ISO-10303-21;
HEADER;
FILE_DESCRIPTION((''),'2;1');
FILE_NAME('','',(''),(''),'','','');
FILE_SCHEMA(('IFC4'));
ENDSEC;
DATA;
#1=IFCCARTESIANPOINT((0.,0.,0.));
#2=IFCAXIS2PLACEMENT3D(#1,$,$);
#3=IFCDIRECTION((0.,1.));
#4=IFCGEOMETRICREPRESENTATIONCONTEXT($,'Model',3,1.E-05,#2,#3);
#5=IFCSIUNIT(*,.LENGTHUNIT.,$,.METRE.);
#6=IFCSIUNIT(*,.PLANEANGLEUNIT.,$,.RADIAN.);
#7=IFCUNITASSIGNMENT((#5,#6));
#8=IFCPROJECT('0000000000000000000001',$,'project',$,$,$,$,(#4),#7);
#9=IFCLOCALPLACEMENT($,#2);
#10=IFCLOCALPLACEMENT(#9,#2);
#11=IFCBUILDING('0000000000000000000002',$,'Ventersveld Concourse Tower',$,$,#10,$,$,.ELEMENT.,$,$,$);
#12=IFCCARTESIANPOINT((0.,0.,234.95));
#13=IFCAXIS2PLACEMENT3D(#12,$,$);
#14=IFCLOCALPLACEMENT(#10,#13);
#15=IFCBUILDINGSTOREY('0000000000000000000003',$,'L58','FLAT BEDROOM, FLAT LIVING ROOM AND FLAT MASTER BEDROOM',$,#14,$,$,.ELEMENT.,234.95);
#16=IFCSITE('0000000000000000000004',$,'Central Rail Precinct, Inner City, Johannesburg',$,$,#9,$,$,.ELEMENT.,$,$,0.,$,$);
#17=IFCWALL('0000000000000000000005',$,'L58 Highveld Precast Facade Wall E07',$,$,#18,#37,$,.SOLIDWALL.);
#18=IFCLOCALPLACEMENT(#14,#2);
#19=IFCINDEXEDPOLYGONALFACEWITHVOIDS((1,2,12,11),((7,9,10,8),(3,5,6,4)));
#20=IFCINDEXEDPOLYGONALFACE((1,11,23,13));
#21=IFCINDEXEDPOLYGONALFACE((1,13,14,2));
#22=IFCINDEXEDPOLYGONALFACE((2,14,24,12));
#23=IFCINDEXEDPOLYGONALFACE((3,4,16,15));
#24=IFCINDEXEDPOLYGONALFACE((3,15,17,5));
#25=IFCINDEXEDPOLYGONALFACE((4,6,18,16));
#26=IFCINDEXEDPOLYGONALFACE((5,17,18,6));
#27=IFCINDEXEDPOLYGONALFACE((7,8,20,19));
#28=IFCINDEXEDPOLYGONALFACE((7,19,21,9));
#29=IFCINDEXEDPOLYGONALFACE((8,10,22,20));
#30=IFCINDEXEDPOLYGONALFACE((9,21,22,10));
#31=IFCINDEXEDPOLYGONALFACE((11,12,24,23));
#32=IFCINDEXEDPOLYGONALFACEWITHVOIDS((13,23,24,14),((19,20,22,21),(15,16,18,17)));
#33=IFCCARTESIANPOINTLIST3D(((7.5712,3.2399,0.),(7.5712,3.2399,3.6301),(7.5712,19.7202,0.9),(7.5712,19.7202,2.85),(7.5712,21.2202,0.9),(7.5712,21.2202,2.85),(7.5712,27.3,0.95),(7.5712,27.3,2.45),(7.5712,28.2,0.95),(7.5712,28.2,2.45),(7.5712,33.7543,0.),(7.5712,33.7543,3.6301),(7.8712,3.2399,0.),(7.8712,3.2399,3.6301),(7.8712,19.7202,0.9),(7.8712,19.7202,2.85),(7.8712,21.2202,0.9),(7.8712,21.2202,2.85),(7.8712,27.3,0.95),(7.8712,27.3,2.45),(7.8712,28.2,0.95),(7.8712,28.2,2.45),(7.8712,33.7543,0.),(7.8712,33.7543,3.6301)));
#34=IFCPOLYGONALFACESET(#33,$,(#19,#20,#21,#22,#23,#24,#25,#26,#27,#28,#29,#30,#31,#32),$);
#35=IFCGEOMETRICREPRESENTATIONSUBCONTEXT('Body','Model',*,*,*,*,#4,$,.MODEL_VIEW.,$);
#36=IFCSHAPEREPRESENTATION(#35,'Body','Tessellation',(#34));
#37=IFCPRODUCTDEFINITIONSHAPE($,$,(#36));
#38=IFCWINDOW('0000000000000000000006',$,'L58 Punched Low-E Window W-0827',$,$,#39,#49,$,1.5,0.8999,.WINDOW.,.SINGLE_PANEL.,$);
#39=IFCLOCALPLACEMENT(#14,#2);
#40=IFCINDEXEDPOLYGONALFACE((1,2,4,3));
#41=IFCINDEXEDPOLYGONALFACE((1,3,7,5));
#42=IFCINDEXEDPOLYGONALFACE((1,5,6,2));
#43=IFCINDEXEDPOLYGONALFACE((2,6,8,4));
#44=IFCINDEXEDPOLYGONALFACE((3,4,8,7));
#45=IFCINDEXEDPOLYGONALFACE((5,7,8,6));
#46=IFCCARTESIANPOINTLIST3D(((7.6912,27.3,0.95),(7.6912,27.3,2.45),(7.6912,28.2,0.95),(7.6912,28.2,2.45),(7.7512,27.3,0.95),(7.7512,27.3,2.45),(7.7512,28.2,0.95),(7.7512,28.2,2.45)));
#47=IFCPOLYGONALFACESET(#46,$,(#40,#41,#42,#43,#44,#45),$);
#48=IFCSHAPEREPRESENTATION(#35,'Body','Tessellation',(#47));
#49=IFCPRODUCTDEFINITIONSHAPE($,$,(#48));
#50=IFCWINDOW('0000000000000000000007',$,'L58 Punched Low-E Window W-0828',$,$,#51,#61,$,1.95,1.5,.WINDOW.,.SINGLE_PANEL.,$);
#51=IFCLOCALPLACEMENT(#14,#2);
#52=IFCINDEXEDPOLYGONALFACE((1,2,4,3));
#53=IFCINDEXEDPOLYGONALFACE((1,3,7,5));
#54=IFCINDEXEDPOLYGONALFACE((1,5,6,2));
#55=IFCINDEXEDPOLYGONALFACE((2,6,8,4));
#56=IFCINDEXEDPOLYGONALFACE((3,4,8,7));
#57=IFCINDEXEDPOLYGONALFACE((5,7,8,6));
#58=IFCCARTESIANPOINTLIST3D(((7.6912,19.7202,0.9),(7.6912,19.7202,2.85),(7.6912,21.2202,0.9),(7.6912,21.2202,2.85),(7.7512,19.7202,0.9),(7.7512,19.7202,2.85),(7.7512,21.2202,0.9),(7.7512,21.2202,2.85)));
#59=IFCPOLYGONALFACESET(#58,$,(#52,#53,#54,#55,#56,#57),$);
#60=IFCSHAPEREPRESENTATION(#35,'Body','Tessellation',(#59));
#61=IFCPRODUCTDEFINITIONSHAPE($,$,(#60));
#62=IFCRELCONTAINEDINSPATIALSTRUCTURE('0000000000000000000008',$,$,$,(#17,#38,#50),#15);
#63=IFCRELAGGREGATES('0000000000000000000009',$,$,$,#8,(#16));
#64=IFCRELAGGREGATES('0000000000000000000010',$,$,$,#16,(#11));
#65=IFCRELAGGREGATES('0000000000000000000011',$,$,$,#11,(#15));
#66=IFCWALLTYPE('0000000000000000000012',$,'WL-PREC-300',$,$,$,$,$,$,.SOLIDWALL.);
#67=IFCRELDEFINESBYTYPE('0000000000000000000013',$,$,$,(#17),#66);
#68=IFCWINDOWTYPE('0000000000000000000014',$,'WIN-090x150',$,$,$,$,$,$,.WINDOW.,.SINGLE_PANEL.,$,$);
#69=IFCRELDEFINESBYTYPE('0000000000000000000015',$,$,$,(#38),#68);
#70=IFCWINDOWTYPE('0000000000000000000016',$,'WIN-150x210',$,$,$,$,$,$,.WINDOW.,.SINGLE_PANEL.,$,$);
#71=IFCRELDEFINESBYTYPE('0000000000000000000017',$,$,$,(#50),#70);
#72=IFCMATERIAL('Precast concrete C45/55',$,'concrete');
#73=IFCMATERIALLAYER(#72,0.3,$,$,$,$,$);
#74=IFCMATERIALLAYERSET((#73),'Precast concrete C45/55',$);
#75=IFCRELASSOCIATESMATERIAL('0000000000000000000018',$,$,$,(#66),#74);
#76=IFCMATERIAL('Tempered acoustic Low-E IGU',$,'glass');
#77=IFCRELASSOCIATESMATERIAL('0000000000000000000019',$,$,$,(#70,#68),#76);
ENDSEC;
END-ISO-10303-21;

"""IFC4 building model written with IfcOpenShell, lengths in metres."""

from ifc_helpers import new_model, si_unit, direction, frame, frame_2d, origin, place, context, subcontext, project, spatial, rectangle, extrude, material, layer, layer_set, type_object, element, fill, save


model = new_model("IFC4")

# Units and contexts
model_context = context("Model", 3, precision=1e-05, world=origin(), true_north=direction((0.0, 1.0)))
body_context = subcontext(model_context, "Body", "Model", "MODEL_VIEW")
ifc_project = project(units=[si_unit("LENGTHUNIT", "METRE"), si_unit("PLANEANGLEUNIT", "RADIAN")], contexts=[model_context])

# Site, building, storey
site_placement = place(None, origin())
site = spatial("IfcSite", under=ifc_project, at=site_placement, Name="Central Rail Precinct, Inner City, Johannesburg", CompositionType="ELEMENT", RefElevation=0.0)
building_placement = place(site_placement, origin())
building = spatial("IfcBuilding", under=site, at=building_placement, Name="Ventersveld Concourse Tower", CompositionType="ELEMENT")
storey_placement = place(building_placement, frame((0.0, 0.0, 234.95)))
storey = spatial("IfcBuildingStorey", under=building, at=storey_placement, Name="L58", Description="FLAT BEDROOM, FLAT LIVING ROOM AND FLAT MASTER BEDROOM", CompositionType="ELEMENT", Elevation=234.95)

# Shared definitions
ifc_material_1 = material(Name="Precast concrete C45/55", Category="concrete")
ifc_layer_1 = layer(ifc_material_1, 0.3)
ifc_layer_set_1 = layer_set([ifc_layer_1], Name="Precast concrete C45/55")
wall_type_1 = type_object("IfcWallType", Name="WL-PREC-300", PredefinedType="SOLIDWALL", material=ifc_layer_set_1)
ifc_material_2 = material(Name="Tempered acoustic Low-E IGU", Category="glass")
window_type_1 = type_object("IfcWindowType", Name="WIN-150x210", PartitioningType="SINGLE_PANEL", PredefinedType="WINDOW", material=ifc_material_2)

# Wall, openings, windows
wall_1_placement = place(storey_placement, frame((7.7212, 33.7544, 0.0), z_axis=(0.0, 0.0, 1.0), x_axis=(0.0, -1.0, 0.0)))
wall_1 = element("IfcWall", 1, at=wall_1_placement, inside=storey, type_object=wall_type_1, Name="L58 Highveld Precast Facade Wall E07", PredefinedType="SOLIDWALL", context=body_context, shape_type="SweptSolid", body=[
    extrude(rectangle(XDim=30.5144, YDim=0.3, at=frame_2d((15.2573, 0.0))), origin(), (0.0, 0.0, 1.0), 3.6301),
])
opening_1_placement = place(wall_1_placement, frame((5.5544, 0.0, 0.95)))
opening_1 = element("IfcOpeningElement", 2, at=opening_1_placement, cuts=wall_1, PredefinedType="OPENING", context=body_context, shape_type="SweptSolid", body=[
    extrude(rectangle(XDim=0.8999, YDim=1.5, at=frame_2d((0.45, 0.75))), frame((0.0, 0.1602, 0.0), z_axis=(0.0, -1.0, 0.0), x_axis=(1.0, 0.0, 0.0)), (0.0, 0.0, 1.0), 0.3201),
])
opening_2_placement = place(wall_1_placement, frame((12.5342, 0.0, 0.8999)))
opening_2 = element("IfcOpeningElement", 3, at=opening_2_placement, cuts=wall_1, PredefinedType="OPENING", context=body_context, shape_type="SweptSolid", body=[
    extrude(rectangle(XDim=1.5, YDim=1.95, at=frame_2d((0.75, 0.9751))), frame((0.0, 0.1602, 0.0), z_axis=(0.0, -1.0, 0.0), x_axis=(1.0, 0.0, 0.0)), (0.0, 0.0, 1.0), 0.3201),
])
window_type_2 = type_object("IfcWindowType", Name="WIN-090x150", PartitioningType="SINGLE_PANEL", PredefinedType="WINDOW", material=ifc_material_2)
window_1_placement = place(opening_1_placement, origin())
window_1 = element("IfcWindow", 4, at=window_1_placement, inside=storey, type_object=window_type_2, Name="L58 Punched Low-E Window W-0827", OverallHeight=1.5, OverallWidth=0.8999, PartitioningType="SINGLE_PANEL", PredefinedType="WINDOW", context=body_context, shape_type="SweptSolid", body=[
    extrude(rectangle(XDim=0.8999, YDim=1.5, at=frame_2d((0.45, 0.75))), frame((0.0, 0.03, 0.0), z_axis=(0.0, -1.0, 0.0), x_axis=(1.0, 0.0, 0.0)), (0.0, 0.0, 1.0), 0.0601),
])
fill(opening_1, window_1)
window_2_placement = place(opening_2_placement, origin())
window_2 = element("IfcWindow", 5, at=window_2_placement, inside=storey, type_object=window_type_1, Name="L58 Punched Low-E Window W-0828", OverallHeight=1.95, OverallWidth=1.5, PartitioningType="SINGLE_PANEL", PredefinedType="WINDOW", context=body_context, shape_type="SweptSolid", body=[
    extrude(rectangle(XDim=1.5, YDim=1.95, at=frame_2d((0.75, 0.9751))), frame((0.0, 0.03, 0.0), z_axis=(0.0, -1.0, 0.0), x_axis=(1.0, 0.0, 0.0)), (0.0, 0.0, 1.0), 0.0601),
])
fill(opening_2, window_2)

save(model, "model.ifc")
